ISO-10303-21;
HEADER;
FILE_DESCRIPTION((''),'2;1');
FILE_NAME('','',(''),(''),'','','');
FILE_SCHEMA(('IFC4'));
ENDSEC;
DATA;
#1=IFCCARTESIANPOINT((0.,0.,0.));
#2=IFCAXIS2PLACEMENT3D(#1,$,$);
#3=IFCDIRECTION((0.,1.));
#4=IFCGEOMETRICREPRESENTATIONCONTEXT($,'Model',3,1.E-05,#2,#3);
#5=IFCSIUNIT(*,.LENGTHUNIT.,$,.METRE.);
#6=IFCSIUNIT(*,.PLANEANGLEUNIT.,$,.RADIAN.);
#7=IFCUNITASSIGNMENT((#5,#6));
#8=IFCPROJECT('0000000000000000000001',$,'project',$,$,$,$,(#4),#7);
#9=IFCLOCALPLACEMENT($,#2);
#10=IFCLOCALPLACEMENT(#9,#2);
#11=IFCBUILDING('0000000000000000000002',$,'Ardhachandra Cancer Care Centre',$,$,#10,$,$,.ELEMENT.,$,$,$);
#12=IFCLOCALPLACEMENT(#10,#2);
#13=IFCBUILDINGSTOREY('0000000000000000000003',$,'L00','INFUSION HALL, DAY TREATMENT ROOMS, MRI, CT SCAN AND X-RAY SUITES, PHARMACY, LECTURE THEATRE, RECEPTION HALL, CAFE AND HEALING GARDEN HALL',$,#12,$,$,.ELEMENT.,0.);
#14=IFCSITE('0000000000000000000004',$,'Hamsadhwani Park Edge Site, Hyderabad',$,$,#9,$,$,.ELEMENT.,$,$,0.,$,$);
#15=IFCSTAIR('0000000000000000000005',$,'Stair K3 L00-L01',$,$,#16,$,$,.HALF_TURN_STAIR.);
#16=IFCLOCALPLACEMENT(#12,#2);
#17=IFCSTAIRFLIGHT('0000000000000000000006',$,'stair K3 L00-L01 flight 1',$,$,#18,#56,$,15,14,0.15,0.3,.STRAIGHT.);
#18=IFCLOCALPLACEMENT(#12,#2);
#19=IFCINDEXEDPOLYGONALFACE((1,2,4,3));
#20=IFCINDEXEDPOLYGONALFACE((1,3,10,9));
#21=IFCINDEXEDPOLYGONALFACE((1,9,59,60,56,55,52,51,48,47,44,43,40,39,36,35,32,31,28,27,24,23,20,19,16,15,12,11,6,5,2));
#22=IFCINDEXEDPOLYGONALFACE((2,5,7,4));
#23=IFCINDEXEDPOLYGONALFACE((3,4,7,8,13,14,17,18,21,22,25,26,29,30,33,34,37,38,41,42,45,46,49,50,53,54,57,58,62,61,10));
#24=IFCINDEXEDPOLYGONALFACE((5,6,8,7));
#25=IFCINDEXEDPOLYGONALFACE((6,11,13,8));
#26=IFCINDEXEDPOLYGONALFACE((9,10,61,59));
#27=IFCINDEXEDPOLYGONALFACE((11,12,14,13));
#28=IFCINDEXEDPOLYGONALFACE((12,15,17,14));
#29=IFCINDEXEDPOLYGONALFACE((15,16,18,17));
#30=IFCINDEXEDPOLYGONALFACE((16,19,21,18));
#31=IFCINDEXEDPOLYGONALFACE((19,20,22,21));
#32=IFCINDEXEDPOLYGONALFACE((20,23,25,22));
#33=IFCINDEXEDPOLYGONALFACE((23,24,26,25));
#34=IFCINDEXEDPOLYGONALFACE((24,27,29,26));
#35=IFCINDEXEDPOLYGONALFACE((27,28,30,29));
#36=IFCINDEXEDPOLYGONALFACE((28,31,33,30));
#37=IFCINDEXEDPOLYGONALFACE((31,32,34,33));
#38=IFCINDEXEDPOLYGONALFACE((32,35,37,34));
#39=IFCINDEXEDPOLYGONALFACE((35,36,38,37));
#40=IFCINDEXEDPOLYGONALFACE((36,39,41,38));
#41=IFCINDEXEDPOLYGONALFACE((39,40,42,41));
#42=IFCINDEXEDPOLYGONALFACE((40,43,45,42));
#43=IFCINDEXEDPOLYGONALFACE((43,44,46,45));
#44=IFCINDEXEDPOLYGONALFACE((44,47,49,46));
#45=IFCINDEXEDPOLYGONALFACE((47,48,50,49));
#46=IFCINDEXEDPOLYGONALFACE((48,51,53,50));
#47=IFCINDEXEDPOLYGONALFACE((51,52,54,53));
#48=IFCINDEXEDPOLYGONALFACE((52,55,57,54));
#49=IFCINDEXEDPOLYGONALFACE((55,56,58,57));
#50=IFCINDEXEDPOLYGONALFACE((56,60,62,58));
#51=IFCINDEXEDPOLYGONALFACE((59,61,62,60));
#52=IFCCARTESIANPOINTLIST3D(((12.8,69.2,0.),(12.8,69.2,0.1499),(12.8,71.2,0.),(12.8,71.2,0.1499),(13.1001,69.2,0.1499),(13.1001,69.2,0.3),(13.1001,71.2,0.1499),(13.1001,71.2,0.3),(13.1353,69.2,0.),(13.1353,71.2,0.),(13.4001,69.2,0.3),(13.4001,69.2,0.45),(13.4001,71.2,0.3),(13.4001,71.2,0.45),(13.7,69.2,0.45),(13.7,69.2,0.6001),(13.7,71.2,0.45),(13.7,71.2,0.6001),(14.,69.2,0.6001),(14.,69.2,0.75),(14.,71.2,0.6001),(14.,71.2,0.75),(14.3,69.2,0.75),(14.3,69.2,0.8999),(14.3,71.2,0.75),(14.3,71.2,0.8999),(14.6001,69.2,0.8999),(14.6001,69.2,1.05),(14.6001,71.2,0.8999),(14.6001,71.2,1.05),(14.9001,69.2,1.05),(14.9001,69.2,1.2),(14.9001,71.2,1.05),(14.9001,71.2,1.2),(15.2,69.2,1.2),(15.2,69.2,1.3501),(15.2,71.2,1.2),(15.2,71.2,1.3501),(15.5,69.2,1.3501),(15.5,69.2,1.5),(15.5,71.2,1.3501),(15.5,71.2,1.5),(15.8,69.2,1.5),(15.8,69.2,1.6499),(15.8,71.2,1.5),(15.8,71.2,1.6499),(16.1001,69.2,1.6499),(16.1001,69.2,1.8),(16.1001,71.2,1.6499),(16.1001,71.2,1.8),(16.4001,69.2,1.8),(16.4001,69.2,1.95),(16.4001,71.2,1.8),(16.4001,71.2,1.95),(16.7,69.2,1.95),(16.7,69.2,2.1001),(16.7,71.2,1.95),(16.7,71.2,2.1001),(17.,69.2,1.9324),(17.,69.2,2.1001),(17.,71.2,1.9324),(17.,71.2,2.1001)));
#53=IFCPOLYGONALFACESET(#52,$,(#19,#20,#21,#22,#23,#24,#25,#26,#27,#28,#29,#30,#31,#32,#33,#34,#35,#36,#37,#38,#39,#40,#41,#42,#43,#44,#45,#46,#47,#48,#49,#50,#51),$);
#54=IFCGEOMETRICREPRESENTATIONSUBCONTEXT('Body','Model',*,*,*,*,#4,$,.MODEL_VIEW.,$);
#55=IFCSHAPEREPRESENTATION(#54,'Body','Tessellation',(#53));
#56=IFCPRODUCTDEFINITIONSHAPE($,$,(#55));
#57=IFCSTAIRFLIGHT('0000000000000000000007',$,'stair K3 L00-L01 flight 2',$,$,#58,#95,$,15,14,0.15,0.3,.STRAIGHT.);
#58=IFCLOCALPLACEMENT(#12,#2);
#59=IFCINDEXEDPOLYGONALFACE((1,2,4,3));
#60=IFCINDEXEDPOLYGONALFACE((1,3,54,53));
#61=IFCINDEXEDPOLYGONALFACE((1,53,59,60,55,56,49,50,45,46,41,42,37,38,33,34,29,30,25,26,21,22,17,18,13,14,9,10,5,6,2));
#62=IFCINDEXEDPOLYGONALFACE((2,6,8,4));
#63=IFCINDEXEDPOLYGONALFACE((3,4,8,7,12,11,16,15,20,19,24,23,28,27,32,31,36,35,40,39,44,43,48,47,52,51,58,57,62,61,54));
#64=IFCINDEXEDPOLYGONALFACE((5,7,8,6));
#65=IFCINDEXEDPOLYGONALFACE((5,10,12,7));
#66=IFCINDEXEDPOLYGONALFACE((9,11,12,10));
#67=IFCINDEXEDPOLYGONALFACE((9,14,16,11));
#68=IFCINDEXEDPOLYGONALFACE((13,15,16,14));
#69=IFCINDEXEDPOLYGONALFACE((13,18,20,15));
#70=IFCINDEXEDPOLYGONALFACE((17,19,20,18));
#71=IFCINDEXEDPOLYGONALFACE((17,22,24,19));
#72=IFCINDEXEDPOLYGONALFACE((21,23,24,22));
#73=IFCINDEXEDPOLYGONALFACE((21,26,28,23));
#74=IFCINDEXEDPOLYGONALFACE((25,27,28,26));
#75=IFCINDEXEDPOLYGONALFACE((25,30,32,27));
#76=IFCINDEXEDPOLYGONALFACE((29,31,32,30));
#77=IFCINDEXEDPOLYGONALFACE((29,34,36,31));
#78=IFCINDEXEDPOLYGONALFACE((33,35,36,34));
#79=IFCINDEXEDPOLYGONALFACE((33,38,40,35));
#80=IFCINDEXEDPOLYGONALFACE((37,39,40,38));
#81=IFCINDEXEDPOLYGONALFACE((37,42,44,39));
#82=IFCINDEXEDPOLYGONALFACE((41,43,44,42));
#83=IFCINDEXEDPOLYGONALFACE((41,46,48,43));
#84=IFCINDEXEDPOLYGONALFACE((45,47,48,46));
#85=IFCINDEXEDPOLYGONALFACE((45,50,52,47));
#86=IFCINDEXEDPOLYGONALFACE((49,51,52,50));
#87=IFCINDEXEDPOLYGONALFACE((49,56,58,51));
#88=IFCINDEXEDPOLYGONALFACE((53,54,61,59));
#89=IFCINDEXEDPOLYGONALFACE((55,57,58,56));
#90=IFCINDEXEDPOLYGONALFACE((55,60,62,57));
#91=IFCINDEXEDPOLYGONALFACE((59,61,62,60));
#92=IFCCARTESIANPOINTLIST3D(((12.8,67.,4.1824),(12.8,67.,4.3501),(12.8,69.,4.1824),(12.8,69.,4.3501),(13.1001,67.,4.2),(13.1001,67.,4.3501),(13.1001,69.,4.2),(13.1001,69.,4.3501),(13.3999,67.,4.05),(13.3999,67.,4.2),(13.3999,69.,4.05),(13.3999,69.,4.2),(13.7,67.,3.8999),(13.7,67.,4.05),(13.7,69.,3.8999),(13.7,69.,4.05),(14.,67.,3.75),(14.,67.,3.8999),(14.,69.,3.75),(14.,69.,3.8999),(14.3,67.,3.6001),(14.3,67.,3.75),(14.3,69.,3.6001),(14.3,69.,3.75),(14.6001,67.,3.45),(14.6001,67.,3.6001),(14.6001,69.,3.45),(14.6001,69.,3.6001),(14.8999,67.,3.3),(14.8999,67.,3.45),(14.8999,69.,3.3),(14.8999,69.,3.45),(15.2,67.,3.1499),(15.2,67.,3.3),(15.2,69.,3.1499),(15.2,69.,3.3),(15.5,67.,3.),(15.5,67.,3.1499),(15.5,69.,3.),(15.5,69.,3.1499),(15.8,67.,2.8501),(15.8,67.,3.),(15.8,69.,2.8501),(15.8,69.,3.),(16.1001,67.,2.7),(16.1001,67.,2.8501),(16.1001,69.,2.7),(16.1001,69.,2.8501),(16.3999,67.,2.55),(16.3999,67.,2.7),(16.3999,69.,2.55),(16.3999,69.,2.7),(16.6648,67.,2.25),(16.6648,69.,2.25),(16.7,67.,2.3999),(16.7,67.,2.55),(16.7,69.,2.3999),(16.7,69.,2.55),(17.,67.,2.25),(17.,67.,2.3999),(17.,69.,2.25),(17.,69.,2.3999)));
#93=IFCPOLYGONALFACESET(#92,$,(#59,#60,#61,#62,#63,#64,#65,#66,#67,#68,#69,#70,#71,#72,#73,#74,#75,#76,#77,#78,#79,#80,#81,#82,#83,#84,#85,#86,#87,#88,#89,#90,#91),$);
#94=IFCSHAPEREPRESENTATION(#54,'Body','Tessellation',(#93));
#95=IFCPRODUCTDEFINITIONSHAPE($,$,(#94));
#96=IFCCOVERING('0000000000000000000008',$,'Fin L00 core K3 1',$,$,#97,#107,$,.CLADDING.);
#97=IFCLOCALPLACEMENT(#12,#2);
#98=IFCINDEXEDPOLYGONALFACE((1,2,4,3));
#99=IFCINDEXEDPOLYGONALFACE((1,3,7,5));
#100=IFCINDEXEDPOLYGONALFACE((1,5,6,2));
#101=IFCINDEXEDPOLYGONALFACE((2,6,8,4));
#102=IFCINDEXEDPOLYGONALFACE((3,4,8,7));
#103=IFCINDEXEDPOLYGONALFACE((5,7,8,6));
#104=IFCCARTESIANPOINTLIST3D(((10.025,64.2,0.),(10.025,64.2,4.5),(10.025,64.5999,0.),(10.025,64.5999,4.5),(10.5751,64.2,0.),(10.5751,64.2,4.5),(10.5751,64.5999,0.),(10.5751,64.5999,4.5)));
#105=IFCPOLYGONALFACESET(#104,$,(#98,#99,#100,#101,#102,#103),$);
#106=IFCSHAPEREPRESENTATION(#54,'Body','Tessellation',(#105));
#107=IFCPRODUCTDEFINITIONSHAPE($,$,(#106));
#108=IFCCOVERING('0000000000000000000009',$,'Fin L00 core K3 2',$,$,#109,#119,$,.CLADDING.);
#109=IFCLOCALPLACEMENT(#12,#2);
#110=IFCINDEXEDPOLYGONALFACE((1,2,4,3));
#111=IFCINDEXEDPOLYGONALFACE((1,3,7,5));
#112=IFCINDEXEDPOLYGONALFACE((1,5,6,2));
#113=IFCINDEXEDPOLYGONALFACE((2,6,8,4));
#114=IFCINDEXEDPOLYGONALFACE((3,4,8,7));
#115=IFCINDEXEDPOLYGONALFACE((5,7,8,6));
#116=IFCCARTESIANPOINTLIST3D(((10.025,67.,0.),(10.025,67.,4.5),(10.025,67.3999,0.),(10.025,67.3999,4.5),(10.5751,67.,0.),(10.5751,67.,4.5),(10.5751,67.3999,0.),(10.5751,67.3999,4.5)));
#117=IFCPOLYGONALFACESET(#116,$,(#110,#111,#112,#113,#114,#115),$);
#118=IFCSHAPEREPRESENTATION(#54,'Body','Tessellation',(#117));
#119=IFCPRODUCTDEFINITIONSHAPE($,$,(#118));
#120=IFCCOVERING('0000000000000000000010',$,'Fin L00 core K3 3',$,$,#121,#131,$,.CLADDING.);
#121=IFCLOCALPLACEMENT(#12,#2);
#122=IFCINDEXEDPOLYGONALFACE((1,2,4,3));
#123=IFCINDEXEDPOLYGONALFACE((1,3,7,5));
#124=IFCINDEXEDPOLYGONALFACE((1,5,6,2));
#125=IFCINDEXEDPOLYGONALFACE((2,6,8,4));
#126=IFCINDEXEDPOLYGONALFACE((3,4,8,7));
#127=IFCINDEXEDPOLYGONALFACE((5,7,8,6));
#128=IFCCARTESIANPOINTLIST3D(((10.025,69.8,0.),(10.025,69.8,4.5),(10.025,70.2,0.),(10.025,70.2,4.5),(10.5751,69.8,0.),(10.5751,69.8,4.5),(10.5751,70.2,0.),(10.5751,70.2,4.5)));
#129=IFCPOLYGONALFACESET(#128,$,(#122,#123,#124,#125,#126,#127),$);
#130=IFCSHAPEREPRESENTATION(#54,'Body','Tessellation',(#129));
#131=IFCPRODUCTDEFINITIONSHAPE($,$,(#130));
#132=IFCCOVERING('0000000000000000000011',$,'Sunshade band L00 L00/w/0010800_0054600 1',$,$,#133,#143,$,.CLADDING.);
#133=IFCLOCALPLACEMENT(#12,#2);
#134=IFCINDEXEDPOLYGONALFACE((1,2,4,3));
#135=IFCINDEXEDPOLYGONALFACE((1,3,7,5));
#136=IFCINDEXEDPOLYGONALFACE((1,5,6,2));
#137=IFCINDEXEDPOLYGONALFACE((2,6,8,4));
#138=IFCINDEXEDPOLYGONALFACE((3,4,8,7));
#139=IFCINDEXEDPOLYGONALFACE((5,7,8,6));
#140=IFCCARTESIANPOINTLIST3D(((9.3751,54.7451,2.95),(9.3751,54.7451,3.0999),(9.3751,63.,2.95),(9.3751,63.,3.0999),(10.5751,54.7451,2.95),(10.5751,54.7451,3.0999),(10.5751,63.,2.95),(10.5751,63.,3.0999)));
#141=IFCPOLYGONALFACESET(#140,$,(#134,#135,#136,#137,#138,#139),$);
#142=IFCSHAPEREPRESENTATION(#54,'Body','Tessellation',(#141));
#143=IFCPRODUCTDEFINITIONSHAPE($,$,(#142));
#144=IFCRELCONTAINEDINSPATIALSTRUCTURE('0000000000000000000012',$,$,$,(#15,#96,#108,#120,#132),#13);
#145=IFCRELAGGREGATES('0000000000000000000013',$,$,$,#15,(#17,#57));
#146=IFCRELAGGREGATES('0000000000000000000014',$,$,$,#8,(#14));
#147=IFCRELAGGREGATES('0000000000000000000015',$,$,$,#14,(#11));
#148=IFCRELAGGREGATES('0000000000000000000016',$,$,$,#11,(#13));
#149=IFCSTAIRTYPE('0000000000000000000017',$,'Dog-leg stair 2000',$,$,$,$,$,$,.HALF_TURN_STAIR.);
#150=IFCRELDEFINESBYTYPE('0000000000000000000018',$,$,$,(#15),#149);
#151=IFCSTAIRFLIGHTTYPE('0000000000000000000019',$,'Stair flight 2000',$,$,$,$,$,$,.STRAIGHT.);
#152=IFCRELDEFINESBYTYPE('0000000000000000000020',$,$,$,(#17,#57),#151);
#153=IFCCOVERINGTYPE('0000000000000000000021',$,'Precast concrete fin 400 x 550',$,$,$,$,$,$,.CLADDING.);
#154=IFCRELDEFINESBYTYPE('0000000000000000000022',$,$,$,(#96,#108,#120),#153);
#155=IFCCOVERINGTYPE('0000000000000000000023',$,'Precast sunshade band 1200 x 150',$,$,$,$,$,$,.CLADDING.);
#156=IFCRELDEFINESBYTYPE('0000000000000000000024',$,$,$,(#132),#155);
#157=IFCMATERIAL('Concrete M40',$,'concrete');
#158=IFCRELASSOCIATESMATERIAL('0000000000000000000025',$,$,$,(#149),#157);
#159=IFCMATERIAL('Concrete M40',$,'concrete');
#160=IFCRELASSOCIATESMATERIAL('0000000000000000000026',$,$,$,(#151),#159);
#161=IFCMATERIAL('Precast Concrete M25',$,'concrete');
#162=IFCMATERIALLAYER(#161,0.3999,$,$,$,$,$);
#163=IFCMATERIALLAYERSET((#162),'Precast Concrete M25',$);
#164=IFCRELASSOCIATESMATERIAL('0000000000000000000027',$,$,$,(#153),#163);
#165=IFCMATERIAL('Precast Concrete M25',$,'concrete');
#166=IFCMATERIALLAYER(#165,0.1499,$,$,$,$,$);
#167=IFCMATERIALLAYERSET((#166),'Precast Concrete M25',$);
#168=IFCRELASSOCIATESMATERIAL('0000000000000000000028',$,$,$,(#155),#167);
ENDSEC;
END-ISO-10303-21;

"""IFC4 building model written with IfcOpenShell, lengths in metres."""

from ifc_helpers import new_model, si_unit, direction, frame, origin, origin_2d, place, context, subcontext, project, spatial, polyline, rectangle, outline, extrude, material, layer, layer_set, type_object, element, aggregate, save


model = new_model("IFC4")

# Units and contexts
model_context = context("Model", 3, precision=1e-05, world=origin(), true_north=direction((0.0, 1.0)))
body_context = subcontext(model_context, "Body", "Model", "MODEL_VIEW")
ifc_project = project(units=[si_unit("LENGTHUNIT", "METRE"), si_unit("PLANEANGLEUNIT", "RADIAN")], contexts=[model_context])

# Site, building, storey
site_placement = place(None, origin())
site = spatial("IfcSite", under=ifc_project, at=site_placement, Name="Hamsadhwani Park Edge Site, Hyderabad", CompositionType="ELEMENT", RefElevation=0.0)
building_placement = place(site_placement, origin())
building = spatial("IfcBuilding", under=site, at=building_placement, Name="Ardhachandra Cancer Care Centre", CompositionType="ELEMENT")
storey_placement = place(building_placement, origin())
storey = spatial("IfcBuildingStorey", under=building, at=storey_placement, Name="L00", Description="INFUSION HALL, DAY TREATMENT ROOMS, MRI, CT SCAN AND X-RAY SUITES, PHARMACY, LECTURE THEATRE, RECEPTION HALL, CAFE AND HEALING GARDEN HALL", CompositionType="ELEMENT", Elevation=0.0)

# Stair, stair flights
ifc_material_1 = material(Name="Concrete M40", Category="concrete")
stair_type = type_object("IfcStairType", Name="Dog-leg stair 2000", PredefinedType="HALF_TURN_STAIR", material=ifc_material_1)
stair_placement = place(storey_placement, origin())
stair = element("IfcStair", 1, at=stair_placement, inside=storey, type_object=stair_type, Name="Stair K3 L00-L01", PredefinedType="HALF_TURN_STAIR")
ifc_material_2 = material(Name="Concrete M40", Category="concrete")
stair_flight_type = type_object("IfcStairFlightType", Name="Stair flight 2000", PredefinedType="STRAIGHT", material=ifc_material_2)
stair_flight_1_placement = place(storey_placement, frame((12.8, 70.2, 0.0), z_axis=(0.0, 0.0, 1.0), x_axis=(1.0, 0.0, 0.0)))
stair_flight_1 = element("IfcStairFlight", 2, at=stair_flight_1_placement, type_object=stair_flight_type, Name="stair K3 L00-L01 flight 1", NumberOfRisers=15, NumberOfTreads=14, PredefinedType="STRAIGHT", RiserHeight=0.15, TreadLength=0.3, context=body_context, shape_type="SweptSolid", body=[
    extrude(outline(polyline([(0.0, 0.0), (0.0, 0.1499), (0.3, 0.1499), (0.3, 0.3), (0.6001, 0.3), (0.6001, 0.45), (0.8999, 0.45), (0.8999, 0.6001), (1.2, 0.6001), (1.2, 0.75), (1.5, 0.75), (1.5, 0.8999), (1.8, 0.8999), (1.8, 1.05), (2.1001, 1.05), (2.1001, 1.2), (2.3999, 1.2), (2.3999, 1.3501), (2.7, 1.3501), (2.7, 1.5), (3.0, 1.5), (3.0, 1.6499), (3.3, 1.6499), (3.3, 1.8), (3.6001, 1.8), (3.6001, 1.95), (3.8999, 1.95), (3.8999, 2.1001), (4.2, 2.1001), (4.2, 2.25), (4.2, 1.9324), (0.3352, 0.0), (0.0, 0.0)])), frame((0.0, 1.0, 0.0), z_axis=(0.0, -1.0, 0.0), x_axis=(1.0, 0.0, 0.0)), (0.0, 0.0, 1.0), 2.0),
])
stair_flight_2_placement = place(storey_placement, frame((17.0, 68.0, 2.25), z_axis=(0.0, 0.0, 1.0), x_axis=(-1.0, 0.0, 0.0)))
stair_flight_2 = element("IfcStairFlight", 3, at=stair_flight_2_placement, type_object=stair_flight_type, Name="stair K3 L00-L01 flight 2", NumberOfRisers=15, NumberOfTreads=14, PredefinedType="STRAIGHT", RiserHeight=0.15, TreadLength=0.3, context=body_context, shape_type="SweptSolid", body=[
    extrude(outline(polyline([(0.0, 0.0), (0.0, 0.1499), (0.3, 0.1499), (0.3, 0.3), (0.6001, 0.3), (0.6001, 0.45), (0.8999, 0.45), (0.8999, 0.6001), (1.2, 0.6001), (1.2, 0.75), (1.5, 0.75), (1.5, 0.8999), (1.8, 0.8999), (1.8, 1.05), (2.1001, 1.05), (2.1001, 1.2), (2.3999, 1.2), (2.3999, 1.3501), (2.7, 1.3501), (2.7, 1.5), (3.0, 1.5), (3.0, 1.6499), (3.3, 1.6499), (3.3, 1.8), (3.6001, 1.8), (3.6001, 1.95), (3.8999, 1.95), (3.8999, 2.1001), (4.2, 2.1001), (4.2, 2.25), (4.2, 1.9324), (0.3352, 0.0), (0.0, 0.0)])), frame((0.0, 1.0, 0.0), z_axis=(0.0, -1.0, 0.0), x_axis=(1.0, 0.0, 0.0)), (0.0, 0.0, 1.0), 2.0),
])
aggregate(stair, [stair_flight_1, stair_flight_2])

# Coverings
ifc_material_3 = material(Name="Precast Concrete M25", Category="concrete")
ifc_layer_1 = layer(ifc_material_3, 0.3999)
ifc_layer_set_1 = layer_set([ifc_layer_1], Name="Precast Concrete M25")
covering_type_1 = type_object("IfcCoveringType", Name="Precast concrete fin 400 x 550", PredefinedType="CLADDING", material=ifc_layer_set_1)
for number, where, z_axis, x_axis, name in (
    (4, (10.3, 64.3999, 0.0), (0.0, 0.0, 1.0), (0.0, 1.0, 0.0), "Fin L00 core K3 1"),
    (5, (10.3, 67.2, 0.0), (0.0, 0.0, 1.0), (0.0, 1.0, 0.0), "Fin L00 core K3 2"),
    (6, (10.3, 70.0, 0.0), (0.0, 0.0, 1.0), (0.0, 1.0, 0.0), "Fin L00 core K3 3"),
):
    element("IfcCovering", number, at=place(storey_placement, frame(where, z_axis=z_axis, x_axis=x_axis)), inside=storey, type_object=covering_type_1, Name=name, PredefinedType="CLADDING", context=body_context, shape_type="SweptSolid", body=[
        extrude(rectangle(XDim=0.3999, YDim=0.55, at=origin_2d()), origin(), (0.0, 0.0, 1.0), 4.5),
    ])
ifc_material_4 = material(Name="Precast Concrete M25", Category="concrete")
ifc_layer_2 = layer(ifc_material_4, 0.1499)
ifc_layer_set_2 = layer_set([ifc_layer_2], Name="Precast Concrete M25")
covering_type_2 = type_object("IfcCoveringType", Name="Precast sunshade band 1200 x 150", PredefinedType="CLADDING", material=ifc_layer_set_2)
covering_placement = place(storey_placement, frame((9.9751, 58.8726, 2.95), z_axis=(0.0, 0.0, 1.0), x_axis=(0.0, 1.0, 0.0)))
element("IfcCovering", 7, at=covering_placement, inside=storey, type_object=covering_type_2, Name="Sunshade band L00 L00/w/0010800_0054600 1", PredefinedType="CLADDING", context=body_context, shape_type="SweptSolid", body=[
    extrude(rectangle(XDim=8.2549, YDim=1.2, at=origin_2d()), origin(), (0.0, 0.0, 1.0), 0.1499),
])

save(model, "model.ifc")
